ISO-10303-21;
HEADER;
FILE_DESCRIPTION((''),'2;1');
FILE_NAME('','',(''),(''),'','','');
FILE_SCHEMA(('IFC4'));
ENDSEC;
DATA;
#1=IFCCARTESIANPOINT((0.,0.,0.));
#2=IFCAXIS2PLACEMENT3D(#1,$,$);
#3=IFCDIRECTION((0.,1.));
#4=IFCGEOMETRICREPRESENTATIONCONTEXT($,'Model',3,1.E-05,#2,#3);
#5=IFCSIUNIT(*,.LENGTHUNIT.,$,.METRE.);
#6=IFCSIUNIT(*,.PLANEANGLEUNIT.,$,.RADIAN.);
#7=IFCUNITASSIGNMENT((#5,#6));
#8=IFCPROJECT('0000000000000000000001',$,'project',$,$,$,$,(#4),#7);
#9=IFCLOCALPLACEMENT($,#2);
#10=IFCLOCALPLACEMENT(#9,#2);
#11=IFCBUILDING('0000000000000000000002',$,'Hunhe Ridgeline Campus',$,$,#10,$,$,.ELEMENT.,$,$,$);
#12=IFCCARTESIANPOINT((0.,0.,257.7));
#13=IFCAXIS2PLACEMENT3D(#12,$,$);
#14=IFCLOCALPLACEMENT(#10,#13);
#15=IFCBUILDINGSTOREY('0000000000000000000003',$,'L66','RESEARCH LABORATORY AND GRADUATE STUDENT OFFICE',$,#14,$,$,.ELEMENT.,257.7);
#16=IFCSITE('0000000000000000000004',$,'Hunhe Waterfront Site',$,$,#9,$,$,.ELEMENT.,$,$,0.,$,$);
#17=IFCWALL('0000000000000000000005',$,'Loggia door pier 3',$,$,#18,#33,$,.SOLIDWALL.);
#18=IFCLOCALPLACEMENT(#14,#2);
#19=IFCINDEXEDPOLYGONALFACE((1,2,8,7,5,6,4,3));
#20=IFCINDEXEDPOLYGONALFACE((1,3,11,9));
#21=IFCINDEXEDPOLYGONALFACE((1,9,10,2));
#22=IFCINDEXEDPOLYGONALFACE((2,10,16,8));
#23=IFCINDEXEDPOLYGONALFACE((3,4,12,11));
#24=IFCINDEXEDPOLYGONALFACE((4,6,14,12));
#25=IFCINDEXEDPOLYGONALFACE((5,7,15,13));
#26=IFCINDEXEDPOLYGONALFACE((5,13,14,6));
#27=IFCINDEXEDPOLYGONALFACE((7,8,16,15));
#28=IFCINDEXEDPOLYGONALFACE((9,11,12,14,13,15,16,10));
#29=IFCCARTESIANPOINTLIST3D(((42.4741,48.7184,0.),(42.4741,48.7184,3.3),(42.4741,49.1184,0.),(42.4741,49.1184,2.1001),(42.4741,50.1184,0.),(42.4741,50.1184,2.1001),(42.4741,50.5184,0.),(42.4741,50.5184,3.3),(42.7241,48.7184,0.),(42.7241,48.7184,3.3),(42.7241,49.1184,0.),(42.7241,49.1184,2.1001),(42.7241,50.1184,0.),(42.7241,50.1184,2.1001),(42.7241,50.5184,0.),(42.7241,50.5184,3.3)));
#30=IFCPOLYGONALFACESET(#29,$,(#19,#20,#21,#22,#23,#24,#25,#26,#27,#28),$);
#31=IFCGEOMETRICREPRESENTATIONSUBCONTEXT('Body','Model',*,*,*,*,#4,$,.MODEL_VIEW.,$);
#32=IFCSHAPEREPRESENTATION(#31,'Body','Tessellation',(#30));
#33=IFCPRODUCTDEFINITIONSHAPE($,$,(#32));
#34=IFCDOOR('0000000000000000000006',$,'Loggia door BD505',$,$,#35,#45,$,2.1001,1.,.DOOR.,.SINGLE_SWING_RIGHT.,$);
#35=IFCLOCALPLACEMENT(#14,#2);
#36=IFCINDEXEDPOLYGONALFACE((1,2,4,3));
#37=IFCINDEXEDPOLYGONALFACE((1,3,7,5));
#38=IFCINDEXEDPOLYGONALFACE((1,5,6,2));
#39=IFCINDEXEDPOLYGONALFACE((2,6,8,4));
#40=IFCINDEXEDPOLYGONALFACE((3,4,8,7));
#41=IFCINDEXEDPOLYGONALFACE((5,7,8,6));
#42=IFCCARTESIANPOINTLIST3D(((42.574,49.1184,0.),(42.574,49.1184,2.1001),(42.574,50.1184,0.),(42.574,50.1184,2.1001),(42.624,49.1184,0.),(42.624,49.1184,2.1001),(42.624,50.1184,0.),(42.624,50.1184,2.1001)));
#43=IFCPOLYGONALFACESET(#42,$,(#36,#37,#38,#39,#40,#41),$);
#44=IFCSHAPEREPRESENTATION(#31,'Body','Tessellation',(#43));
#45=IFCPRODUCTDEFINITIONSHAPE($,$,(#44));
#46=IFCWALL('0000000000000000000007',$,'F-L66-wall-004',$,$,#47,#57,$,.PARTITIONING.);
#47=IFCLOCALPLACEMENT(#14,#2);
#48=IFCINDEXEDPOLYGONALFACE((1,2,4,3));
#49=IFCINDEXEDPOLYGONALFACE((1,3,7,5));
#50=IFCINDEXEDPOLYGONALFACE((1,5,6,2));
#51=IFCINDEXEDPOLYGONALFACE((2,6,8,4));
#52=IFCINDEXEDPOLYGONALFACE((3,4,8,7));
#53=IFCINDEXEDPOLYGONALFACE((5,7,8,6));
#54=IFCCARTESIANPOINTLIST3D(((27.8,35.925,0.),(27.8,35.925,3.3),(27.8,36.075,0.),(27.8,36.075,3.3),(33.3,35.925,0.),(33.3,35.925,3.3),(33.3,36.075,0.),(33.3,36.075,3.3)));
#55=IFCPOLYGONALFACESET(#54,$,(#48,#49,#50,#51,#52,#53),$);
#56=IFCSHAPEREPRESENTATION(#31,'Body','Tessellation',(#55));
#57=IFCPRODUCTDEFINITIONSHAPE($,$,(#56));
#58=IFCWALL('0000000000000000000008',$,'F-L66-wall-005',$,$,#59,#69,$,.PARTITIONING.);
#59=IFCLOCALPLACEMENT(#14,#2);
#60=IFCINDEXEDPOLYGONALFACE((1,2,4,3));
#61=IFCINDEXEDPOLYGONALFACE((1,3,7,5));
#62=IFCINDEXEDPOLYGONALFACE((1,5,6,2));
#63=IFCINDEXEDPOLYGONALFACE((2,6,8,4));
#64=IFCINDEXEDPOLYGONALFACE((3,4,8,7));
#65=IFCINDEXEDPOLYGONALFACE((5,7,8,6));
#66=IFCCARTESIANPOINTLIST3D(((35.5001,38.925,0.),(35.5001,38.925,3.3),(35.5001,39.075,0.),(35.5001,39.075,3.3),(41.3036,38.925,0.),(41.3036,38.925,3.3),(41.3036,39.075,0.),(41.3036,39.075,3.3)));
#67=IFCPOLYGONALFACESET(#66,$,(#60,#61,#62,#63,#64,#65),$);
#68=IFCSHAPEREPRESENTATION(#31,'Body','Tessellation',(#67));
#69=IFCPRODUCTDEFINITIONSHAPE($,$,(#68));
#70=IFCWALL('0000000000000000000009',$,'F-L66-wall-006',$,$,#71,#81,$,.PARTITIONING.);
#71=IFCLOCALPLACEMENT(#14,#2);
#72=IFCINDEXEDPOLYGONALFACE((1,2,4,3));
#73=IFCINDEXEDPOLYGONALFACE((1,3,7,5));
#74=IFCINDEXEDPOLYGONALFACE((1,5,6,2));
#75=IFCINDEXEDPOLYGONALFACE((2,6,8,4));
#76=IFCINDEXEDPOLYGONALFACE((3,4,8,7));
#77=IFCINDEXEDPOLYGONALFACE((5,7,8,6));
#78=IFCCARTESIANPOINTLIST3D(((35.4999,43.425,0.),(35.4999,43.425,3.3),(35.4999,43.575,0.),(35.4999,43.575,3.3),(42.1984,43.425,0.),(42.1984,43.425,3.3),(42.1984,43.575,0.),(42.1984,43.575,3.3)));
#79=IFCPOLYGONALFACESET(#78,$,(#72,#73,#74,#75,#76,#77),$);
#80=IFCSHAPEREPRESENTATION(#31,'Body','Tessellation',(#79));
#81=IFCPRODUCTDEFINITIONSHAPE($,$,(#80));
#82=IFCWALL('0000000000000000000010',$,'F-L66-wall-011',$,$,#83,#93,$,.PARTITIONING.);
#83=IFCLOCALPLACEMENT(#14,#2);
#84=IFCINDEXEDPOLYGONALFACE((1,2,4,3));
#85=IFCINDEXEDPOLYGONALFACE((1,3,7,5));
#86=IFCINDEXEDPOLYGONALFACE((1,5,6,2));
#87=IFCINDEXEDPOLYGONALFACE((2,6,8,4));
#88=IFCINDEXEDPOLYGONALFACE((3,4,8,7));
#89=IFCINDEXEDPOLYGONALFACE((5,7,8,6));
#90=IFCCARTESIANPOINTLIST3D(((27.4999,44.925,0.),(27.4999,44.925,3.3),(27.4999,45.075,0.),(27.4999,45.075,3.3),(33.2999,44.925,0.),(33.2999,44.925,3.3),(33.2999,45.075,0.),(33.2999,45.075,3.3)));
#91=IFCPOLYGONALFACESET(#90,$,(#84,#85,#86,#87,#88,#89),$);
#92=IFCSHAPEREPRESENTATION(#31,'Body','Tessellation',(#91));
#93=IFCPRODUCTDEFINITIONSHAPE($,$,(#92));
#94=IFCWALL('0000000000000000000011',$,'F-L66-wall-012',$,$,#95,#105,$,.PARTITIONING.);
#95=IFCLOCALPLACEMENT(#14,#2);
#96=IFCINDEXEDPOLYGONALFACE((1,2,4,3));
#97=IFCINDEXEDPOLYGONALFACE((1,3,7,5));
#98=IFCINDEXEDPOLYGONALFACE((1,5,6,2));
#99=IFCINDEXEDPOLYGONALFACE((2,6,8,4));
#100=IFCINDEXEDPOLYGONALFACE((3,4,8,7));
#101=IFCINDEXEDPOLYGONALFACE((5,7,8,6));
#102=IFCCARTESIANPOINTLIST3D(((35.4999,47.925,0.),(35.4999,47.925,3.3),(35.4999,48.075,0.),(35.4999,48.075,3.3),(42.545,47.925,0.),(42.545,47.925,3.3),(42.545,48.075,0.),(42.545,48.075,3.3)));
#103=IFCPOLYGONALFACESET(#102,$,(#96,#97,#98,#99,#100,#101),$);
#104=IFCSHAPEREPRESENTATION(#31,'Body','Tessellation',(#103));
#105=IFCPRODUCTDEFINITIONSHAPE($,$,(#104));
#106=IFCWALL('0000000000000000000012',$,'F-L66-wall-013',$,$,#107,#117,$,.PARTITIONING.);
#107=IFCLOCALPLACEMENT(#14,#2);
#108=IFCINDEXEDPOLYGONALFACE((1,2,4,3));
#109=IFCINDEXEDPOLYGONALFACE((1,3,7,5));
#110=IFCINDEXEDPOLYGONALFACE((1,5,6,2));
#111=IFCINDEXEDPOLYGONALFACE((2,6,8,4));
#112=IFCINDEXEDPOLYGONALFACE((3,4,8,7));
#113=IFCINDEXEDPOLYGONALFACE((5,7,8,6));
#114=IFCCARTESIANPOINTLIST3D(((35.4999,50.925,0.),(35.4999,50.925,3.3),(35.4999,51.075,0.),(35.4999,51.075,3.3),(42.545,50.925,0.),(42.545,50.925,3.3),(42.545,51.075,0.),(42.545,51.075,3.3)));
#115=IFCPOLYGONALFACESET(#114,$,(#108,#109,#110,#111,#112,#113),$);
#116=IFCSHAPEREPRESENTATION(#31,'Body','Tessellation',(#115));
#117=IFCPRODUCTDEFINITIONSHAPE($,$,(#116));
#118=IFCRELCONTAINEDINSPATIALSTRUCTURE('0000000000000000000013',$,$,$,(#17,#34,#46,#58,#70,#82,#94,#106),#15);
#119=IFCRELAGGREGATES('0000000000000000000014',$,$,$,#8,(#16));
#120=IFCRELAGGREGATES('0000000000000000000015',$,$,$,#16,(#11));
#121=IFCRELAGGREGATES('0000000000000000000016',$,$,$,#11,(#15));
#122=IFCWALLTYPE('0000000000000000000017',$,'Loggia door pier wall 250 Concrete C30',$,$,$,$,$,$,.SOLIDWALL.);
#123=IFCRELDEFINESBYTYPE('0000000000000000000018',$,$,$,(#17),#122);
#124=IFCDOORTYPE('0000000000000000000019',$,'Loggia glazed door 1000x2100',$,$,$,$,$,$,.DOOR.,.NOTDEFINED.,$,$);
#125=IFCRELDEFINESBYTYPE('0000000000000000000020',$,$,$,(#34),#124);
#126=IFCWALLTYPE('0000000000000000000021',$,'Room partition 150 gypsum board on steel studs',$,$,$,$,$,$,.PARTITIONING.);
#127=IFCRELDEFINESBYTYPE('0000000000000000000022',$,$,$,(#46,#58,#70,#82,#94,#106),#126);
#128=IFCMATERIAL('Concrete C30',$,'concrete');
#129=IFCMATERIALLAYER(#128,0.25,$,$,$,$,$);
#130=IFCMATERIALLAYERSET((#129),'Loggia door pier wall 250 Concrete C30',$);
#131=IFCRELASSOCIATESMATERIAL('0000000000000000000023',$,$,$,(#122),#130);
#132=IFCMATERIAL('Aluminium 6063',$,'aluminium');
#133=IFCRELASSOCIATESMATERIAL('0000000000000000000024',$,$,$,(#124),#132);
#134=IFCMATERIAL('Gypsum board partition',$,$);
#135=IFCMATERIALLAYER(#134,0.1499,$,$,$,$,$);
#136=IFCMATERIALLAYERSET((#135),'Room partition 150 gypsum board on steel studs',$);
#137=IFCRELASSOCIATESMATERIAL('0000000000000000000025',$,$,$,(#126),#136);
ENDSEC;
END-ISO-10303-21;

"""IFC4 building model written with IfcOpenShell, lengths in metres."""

from ifc_helpers import new_model, si_unit, direction, frame, frame_2d, origin, place, context, subcontext, project, spatial, rectangle, extrude, material, layer, layer_set, type_object, element, fill, save


model = new_model("IFC4")

# Units and contexts
model_context = context("Model", 3, precision=1e-05, world=origin(), true_north=direction((0.0, 1.0)))
body_context = subcontext(model_context, "Body", "Model", "MODEL_VIEW")
ifc_project = project(units=[si_unit("LENGTHUNIT", "METRE"), si_unit("PLANEANGLEUNIT", "RADIAN")], contexts=[model_context])

# Site, building, storey
site_placement = place(None, origin())
site = spatial("IfcSite", under=ifc_project, at=site_placement, Name="Hunhe Waterfront Site", CompositionType="ELEMENT", RefElevation=0.0)
building_placement = place(site_placement, origin())
building = spatial("IfcBuilding", under=site, at=building_placement, Name="Hunhe Ridgeline Campus", CompositionType="ELEMENT")
storey_placement = place(building_placement, frame((0.0, 0.0, 257.7)))
storey = spatial("IfcBuildingStorey", under=building, at=storey_placement, Name="L66", Description="RESEARCH LABORATORY AND GRADUATE STUDENT OFFICE", CompositionType="ELEMENT", Elevation=257.7)

# Shared definitions
ifc_material_1 = material(Name="Aluminium 6063", Category="aluminium")

# Wall, opening, door
ifc_material_2 = material(Name="Concrete C30", Category="concrete")
ifc_layer_1 = layer(ifc_material_2, 0.25)
ifc_layer_set_1 = layer_set([ifc_layer_1], Name="Loggia door pier wall 250 Concrete C30")
wall_type_1 = type_object("IfcWallType", Name="Loggia door pier wall 250 Concrete C30", PredefinedType="SOLIDWALL", material=ifc_layer_set_1)
wall_1_placement = place(storey_placement, frame((42.5991, 48.7185, 0.0), z_axis=(0.0, 0.0, 1.0), x_axis=(0.0, 1.0, 0.0)))
wall_1 = element("IfcWall", 1, at=wall_1_placement, inside=storey, type_object=wall_type_1, Name="Loggia door pier 3", PredefinedType="SOLIDWALL", context=body_context, shape_type="SweptSolid", body=[
    extrude(rectangle(XDim=1.8, YDim=0.25, at=frame_2d((0.8999, 0.0))), origin(), (0.0, 0.0, 1.0), 3.3),
])
opening_placement = place(wall_1_placement, frame((0.3999, 0.0, 0.0)))
opening = element("IfcOpeningElement", 2, at=opening_placement, cuts=wall_1, PredefinedType="OPENING", context=body_context, shape_type="SweptSolid", body=[
    extrude(rectangle(XDim=1.0, YDim=2.1001, at=frame_2d((0.5, 1.05))), frame((0.0, 0.125, 0.0), z_axis=(0.0, -1.0, 0.0), x_axis=(1.0, 0.0, 0.0)), (0.0, 0.0, 1.0), 0.25),
])
door_type = type_object("IfcDoorType", Name="Loggia glazed door 1000x2100", OperationType="NOTDEFINED", PredefinedType="DOOR", material=ifc_material_1)
door_placement = place(opening_placement, frame((1.0, 0.0, 0.0), z_axis=(0.0, 0.0, 1.0), x_axis=(-1.0, 0.0, 0.0)))
door = element("IfcDoor", 3, at=door_placement, inside=storey, type_object=door_type, Name="Loggia door BD505", OperationType="SINGLE_SWING_RIGHT", OverallHeight=2.1001, OverallWidth=1.0, PredefinedType="DOOR", context=body_context, shape_type="SweptSolid", body=[
    extrude(rectangle(XDim=1.0, YDim=2.1001, at=frame_2d((0.5, 1.05))), frame((0.0, 0.0249, 0.0), z_axis=(0.0, -1.0, 0.0), x_axis=(1.0, 0.0, 0.0)), (0.0, 0.0, 1.0), 0.05),
])
fill(opening, door)

# Walls
ifc_material_3 = material(Name="Gypsum board partition")
ifc_layer_2 = layer(ifc_material_3, 0.1499)
ifc_layer_set_2 = layer_set([ifc_layer_2], Name="Room partition 150 gypsum board on steel studs")
wall_type_2 = type_object("IfcWallType", Name="Room partition 150 gypsum board on steel studs", PredefinedType="PARTITIONING", material=ifc_layer_set_2)
wall_2_placement = place(storey_placement, frame((27.8, 36.0, 0.0), z_axis=(0.0, 0.0, 1.0), x_axis=(1.0, 0.0, 0.0)))
element("IfcWall", 4, at=wall_2_placement, inside=storey, type_object=wall_type_2, Name="F-L66-wall-004", PredefinedType="PARTITIONING", context=body_context, shape_type="SweptSolid", body=[
    extrude(rectangle(XDim=5.5, YDim=0.1499, at=frame_2d((2.75, 0.0))), origin(), (0.0, 0.0, 1.0), 3.3),
])
wall_3_placement = place(storey_placement, frame((35.5, 39.0, 0.0), z_axis=(0.0, 0.0, 1.0), x_axis=(1.0, 0.0, 0.0)))
element("IfcWall", 5, at=wall_3_placement, inside=storey, type_object=wall_type_2, Name="F-L66-wall-005", PredefinedType="PARTITIONING", context=body_context, shape_type="SweptSolid", body=[
    extrude(rectangle(XDim=5.8035, YDim=0.1499, at=frame_2d((2.9019, 0.0))), origin(), (0.0, 0.0, 1.0), 3.3),
])
wall_4_placement = place(storey_placement, frame((35.5, 43.5, 0.0), z_axis=(0.0, 0.0, 1.0), x_axis=(1.0, 0.0, 0.0)))
element("IfcWall", 6, at=wall_4_placement, inside=storey, type_object=wall_type_2, Name="F-L66-wall-006", PredefinedType="PARTITIONING", context=body_context, shape_type="SweptSolid", body=[
    extrude(rectangle(XDim=6.6985, YDim=0.1499, at=frame_2d((3.3491, 0.0))), origin(), (0.0, 0.0, 1.0), 3.3),
])
wall_5_placement = place(storey_placement, frame((27.5, 45.0, 0.0), z_axis=(0.0, 0.0, 1.0), x_axis=(1.0, 0.0, 0.0)))
element("IfcWall", 7, at=wall_5_placement, inside=storey, type_object=wall_type_2, Name="F-L66-wall-011", PredefinedType="PARTITIONING", context=body_context, shape_type="SweptSolid", body=[
    extrude(rectangle(XDim=5.8, YDim=0.1499, at=frame_2d((2.8999, 0.0))), origin(), (0.0, 0.0, 1.0), 3.3),
])
for number, where, z_axis, x_axis, name in (
    (8, (35.5, 48.0, 0.0), (0.0, 0.0, 1.0), (1.0, 0.0, 0.0), "F-L66-wall-012"),
    (9, (35.5, 51.0, 0.0), (0.0, 0.0, 1.0), (1.0, 0.0, 0.0), "F-L66-wall-013"),
):
    element("IfcWall", number, at=place(storey_placement, frame(where, z_axis=z_axis, x_axis=x_axis)), inside=storey, type_object=wall_type_2, Name=name, PredefinedType="PARTITIONING", context=body_context, shape_type="SweptSolid", body=[
        extrude(rectangle(XDim=7.0452, YDim=0.1499, at=frame_2d((3.5225, 0.0))), origin(), (0.0, 0.0, 1.0), 3.3),
    ])

save(model, "model.ifc")
